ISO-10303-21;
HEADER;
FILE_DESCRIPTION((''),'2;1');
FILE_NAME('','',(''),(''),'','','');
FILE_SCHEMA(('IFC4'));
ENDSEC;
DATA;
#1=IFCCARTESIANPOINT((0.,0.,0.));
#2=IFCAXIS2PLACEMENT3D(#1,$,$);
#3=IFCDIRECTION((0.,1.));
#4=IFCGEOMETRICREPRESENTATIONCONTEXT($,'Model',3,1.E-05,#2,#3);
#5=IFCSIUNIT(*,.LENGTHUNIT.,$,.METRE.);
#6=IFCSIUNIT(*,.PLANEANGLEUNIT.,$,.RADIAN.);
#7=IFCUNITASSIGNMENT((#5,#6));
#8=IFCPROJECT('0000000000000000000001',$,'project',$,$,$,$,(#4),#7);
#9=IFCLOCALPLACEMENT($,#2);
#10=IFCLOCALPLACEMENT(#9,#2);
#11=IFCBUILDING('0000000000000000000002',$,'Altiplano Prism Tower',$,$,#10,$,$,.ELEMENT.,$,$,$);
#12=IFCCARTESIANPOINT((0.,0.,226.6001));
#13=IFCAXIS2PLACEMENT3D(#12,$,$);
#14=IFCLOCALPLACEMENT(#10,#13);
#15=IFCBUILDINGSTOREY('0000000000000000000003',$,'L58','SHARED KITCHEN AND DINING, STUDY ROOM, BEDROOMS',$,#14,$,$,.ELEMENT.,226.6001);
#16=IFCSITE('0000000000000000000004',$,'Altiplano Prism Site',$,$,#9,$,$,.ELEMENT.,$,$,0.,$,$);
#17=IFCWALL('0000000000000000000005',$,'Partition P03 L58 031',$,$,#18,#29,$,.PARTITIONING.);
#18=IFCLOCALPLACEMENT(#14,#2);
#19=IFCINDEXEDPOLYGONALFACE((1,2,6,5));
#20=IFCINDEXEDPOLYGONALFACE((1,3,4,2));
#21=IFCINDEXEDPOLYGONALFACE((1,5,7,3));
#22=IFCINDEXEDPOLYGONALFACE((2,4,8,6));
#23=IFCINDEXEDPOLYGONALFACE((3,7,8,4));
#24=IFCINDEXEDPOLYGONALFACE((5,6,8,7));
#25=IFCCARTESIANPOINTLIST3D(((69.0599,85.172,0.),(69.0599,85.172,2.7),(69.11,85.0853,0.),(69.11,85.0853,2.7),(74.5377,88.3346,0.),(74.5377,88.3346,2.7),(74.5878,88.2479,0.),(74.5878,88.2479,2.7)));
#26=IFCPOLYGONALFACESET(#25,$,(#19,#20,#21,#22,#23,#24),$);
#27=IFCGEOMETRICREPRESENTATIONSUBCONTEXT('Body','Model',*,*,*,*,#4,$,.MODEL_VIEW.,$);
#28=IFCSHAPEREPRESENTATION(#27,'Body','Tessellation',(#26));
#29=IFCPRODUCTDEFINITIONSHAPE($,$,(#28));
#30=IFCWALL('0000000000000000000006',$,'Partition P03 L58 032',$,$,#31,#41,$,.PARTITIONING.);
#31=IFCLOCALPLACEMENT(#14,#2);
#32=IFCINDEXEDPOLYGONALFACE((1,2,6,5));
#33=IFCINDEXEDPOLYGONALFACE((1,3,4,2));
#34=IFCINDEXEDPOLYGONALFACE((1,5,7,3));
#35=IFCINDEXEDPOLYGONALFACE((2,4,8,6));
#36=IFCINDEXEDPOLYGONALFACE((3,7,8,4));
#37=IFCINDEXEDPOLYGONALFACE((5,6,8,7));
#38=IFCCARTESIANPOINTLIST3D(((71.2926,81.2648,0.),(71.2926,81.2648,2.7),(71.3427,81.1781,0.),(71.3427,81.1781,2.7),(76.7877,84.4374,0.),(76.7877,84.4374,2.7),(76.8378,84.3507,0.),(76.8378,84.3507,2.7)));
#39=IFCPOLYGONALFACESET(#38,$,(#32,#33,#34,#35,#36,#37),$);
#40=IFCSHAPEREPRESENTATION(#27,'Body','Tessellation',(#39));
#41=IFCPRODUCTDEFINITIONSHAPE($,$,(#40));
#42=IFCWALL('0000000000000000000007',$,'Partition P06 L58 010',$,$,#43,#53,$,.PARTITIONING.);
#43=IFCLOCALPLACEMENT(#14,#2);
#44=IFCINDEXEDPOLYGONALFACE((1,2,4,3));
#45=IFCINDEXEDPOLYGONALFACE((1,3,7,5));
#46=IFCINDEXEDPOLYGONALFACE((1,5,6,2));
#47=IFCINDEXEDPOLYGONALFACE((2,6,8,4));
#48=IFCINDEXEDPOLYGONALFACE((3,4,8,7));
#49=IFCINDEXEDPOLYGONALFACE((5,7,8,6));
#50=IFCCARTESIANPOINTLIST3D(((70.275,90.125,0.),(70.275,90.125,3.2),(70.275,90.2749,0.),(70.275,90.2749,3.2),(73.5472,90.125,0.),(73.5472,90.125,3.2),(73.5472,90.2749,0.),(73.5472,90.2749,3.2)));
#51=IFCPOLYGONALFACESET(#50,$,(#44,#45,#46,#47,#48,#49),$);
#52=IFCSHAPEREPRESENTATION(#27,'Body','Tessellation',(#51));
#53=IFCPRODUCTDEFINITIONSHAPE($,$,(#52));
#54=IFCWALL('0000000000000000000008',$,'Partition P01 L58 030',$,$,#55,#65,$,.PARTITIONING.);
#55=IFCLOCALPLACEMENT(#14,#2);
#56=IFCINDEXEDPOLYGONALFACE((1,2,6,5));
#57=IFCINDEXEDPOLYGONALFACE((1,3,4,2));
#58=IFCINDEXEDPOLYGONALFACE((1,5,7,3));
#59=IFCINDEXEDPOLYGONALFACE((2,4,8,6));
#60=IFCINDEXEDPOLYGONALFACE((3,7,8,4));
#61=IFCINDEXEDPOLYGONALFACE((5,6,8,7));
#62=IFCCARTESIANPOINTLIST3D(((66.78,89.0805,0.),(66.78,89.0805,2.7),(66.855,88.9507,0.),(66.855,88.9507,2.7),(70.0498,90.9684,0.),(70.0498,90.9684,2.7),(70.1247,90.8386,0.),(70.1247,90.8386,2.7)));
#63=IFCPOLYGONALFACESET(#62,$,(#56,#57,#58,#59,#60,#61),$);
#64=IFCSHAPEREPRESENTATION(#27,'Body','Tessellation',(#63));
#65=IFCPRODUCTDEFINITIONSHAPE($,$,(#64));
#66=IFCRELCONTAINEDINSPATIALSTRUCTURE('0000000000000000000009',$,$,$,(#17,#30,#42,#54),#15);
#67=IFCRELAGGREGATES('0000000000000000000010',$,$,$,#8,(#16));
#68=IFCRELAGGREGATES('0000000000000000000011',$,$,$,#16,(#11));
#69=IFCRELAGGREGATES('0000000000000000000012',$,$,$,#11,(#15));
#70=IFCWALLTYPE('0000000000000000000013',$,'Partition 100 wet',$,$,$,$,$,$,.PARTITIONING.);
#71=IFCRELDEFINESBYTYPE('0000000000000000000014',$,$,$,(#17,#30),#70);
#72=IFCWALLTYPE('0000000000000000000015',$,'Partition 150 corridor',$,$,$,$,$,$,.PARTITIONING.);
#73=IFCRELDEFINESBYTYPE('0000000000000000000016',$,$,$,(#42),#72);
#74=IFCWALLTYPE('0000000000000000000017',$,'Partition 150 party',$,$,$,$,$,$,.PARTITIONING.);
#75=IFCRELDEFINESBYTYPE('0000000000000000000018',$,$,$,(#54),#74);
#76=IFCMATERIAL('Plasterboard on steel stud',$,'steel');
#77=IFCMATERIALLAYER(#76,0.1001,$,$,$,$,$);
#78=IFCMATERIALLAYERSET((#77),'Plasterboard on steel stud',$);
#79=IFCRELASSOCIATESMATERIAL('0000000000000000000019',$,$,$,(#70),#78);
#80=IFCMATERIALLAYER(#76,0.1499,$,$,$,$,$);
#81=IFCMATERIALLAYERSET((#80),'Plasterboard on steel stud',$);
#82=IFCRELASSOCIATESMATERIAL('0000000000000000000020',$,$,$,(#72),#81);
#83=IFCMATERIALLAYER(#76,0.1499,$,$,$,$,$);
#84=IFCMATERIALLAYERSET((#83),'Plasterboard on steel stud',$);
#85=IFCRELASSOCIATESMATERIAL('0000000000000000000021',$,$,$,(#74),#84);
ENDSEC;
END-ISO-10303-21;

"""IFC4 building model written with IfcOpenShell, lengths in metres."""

from ifc_helpers import new_model, si_unit, direction, frame, frame_2d, origin, place, context, subcontext, project, spatial, rectangle, extrude, material, layer, layer_set, type_object, element, save


model = new_model("IFC4")

# Units and contexts
model_context = context("Model", 3, precision=1e-05, world=origin(), true_north=direction((0.0, 1.0)))
body_context = subcontext(model_context, "Body", "Model", "MODEL_VIEW")
ifc_project = project(units=[si_unit("LENGTHUNIT", "METRE"), si_unit("PLANEANGLEUNIT", "RADIAN")], contexts=[model_context])

# Site, building, storey
site_placement = place(None, origin())
site = spatial("IfcSite", under=ifc_project, at=site_placement, Name="Altiplano Prism Site", CompositionType="ELEMENT", RefElevation=0.0)
building_placement = place(site_placement, origin())
building = spatial("IfcBuilding", under=site, at=building_placement, Name="Altiplano Prism Tower", CompositionType="ELEMENT")
storey_placement = place(building_placement, frame((0.0, 0.0, 226.6001)))
storey = spatial("IfcBuildingStorey", under=building, at=storey_placement, Name="L58", Description="SHARED KITCHEN AND DINING, STUDY ROOM, BEDROOMS", CompositionType="ELEMENT", Elevation=226.6001)

# Shared definitions
ifc_material_1 = material(Name="Plasterboard on steel stud", Category="steel")

# Walls
ifc_layer_1 = layer(ifc_material_1, 0.1001)
ifc_layer_set_1 = layer_set([ifc_layer_1], Name="Plasterboard on steel stud")
wall_type_1 = type_object("IfcWallType", Name="Partition 100 wet", PredefinedType="PARTITIONING", material=ifc_layer_set_1)
wall_1_placement = place(storey_placement, frame((69.085, 85.1287, 0.0), z_axis=(0.0, 0.0, 1.0), x_axis=(0.866026, 0.5, 0.0)))
element("IfcWall", 1, at=wall_1_placement, inside=storey, type_object=wall_type_1, Name="Partition P03 L58 031", PredefinedType="PARTITIONING", context=body_context, shape_type="SweptSolid", body=[
    extrude(rectangle(XDim=6.3252, YDim=0.1001, at=frame_2d((3.1626, 0.0))), origin(), (0.0, 0.0, 1.0), 2.7),
])
wall_2_placement = place(storey_placement, frame((71.3176, 81.2214, 0.0), z_axis=(0.0, 0.0, 1.0), x_axis=(0.866025, 0.5, 0.0)))
element("IfcWall", 2, at=wall_2_placement, inside=storey, type_object=wall_type_1, Name="Partition P03 L58 032", PredefinedType="PARTITIONING", context=body_context, shape_type="SweptSolid", body=[
    extrude(rectangle(XDim=6.3452, YDim=0.1001, at=frame_2d((3.1726, 0.0))), origin(), (0.0, 0.0, 1.0), 2.7),
])
ifc_layer_2 = layer(ifc_material_1, 0.1499)
ifc_layer_set_2 = layer_set([ifc_layer_2], Name="Plasterboard on steel stud")
wall_type_2 = type_object("IfcWallType", Name="Partition 150 corridor", PredefinedType="PARTITIONING", material=ifc_layer_set_2)
wall_3_placement = place(storey_placement, frame((70.2749, 90.2, 0.0), z_axis=(0.0, 0.0, 1.0), x_axis=(1.0, 0.0, 0.0)))
element("IfcWall", 3, at=wall_3_placement, inside=storey, type_object=wall_type_2, Name="Partition P06 L58 010", PredefinedType="PARTITIONING", context=body_context, shape_type="SweptSolid", body=[
    extrude(rectangle(XDim=3.2722, YDim=0.1499, at=frame_2d((1.6362, 0.0))), origin(), (0.0, 0.0, 1.0), 3.2),
])
ifc_layer_3 = layer(ifc_material_1, 0.1499)
ifc_layer_set_3 = layer_set([ifc_layer_3], Name="Plasterboard on steel stud")
wall_type_3 = type_object("IfcWallType", Name="Partition 150 party", PredefinedType="PARTITIONING", material=ifc_layer_set_3)
wall_4_placement = place(storey_placement, frame((66.8176, 89.0156, 0.0), z_axis=(0.0, 0.0, 1.0), x_axis=(0.86601, 0.500027, 0.0)))
element("IfcWall", 4, at=wall_4_placement, inside=storey, type_object=wall_type_3, Name="Partition P01 L58 030", PredefinedType="PARTITIONING", context=body_context, shape_type="SweptSolid", body=[
    extrude(rectangle(XDim=3.7756, YDim=0.1499, at=frame_2d((1.8877, 0.0))), origin(), (0.0, 0.0, 1.0), 2.7),
])

save(model, "model.ifc")
